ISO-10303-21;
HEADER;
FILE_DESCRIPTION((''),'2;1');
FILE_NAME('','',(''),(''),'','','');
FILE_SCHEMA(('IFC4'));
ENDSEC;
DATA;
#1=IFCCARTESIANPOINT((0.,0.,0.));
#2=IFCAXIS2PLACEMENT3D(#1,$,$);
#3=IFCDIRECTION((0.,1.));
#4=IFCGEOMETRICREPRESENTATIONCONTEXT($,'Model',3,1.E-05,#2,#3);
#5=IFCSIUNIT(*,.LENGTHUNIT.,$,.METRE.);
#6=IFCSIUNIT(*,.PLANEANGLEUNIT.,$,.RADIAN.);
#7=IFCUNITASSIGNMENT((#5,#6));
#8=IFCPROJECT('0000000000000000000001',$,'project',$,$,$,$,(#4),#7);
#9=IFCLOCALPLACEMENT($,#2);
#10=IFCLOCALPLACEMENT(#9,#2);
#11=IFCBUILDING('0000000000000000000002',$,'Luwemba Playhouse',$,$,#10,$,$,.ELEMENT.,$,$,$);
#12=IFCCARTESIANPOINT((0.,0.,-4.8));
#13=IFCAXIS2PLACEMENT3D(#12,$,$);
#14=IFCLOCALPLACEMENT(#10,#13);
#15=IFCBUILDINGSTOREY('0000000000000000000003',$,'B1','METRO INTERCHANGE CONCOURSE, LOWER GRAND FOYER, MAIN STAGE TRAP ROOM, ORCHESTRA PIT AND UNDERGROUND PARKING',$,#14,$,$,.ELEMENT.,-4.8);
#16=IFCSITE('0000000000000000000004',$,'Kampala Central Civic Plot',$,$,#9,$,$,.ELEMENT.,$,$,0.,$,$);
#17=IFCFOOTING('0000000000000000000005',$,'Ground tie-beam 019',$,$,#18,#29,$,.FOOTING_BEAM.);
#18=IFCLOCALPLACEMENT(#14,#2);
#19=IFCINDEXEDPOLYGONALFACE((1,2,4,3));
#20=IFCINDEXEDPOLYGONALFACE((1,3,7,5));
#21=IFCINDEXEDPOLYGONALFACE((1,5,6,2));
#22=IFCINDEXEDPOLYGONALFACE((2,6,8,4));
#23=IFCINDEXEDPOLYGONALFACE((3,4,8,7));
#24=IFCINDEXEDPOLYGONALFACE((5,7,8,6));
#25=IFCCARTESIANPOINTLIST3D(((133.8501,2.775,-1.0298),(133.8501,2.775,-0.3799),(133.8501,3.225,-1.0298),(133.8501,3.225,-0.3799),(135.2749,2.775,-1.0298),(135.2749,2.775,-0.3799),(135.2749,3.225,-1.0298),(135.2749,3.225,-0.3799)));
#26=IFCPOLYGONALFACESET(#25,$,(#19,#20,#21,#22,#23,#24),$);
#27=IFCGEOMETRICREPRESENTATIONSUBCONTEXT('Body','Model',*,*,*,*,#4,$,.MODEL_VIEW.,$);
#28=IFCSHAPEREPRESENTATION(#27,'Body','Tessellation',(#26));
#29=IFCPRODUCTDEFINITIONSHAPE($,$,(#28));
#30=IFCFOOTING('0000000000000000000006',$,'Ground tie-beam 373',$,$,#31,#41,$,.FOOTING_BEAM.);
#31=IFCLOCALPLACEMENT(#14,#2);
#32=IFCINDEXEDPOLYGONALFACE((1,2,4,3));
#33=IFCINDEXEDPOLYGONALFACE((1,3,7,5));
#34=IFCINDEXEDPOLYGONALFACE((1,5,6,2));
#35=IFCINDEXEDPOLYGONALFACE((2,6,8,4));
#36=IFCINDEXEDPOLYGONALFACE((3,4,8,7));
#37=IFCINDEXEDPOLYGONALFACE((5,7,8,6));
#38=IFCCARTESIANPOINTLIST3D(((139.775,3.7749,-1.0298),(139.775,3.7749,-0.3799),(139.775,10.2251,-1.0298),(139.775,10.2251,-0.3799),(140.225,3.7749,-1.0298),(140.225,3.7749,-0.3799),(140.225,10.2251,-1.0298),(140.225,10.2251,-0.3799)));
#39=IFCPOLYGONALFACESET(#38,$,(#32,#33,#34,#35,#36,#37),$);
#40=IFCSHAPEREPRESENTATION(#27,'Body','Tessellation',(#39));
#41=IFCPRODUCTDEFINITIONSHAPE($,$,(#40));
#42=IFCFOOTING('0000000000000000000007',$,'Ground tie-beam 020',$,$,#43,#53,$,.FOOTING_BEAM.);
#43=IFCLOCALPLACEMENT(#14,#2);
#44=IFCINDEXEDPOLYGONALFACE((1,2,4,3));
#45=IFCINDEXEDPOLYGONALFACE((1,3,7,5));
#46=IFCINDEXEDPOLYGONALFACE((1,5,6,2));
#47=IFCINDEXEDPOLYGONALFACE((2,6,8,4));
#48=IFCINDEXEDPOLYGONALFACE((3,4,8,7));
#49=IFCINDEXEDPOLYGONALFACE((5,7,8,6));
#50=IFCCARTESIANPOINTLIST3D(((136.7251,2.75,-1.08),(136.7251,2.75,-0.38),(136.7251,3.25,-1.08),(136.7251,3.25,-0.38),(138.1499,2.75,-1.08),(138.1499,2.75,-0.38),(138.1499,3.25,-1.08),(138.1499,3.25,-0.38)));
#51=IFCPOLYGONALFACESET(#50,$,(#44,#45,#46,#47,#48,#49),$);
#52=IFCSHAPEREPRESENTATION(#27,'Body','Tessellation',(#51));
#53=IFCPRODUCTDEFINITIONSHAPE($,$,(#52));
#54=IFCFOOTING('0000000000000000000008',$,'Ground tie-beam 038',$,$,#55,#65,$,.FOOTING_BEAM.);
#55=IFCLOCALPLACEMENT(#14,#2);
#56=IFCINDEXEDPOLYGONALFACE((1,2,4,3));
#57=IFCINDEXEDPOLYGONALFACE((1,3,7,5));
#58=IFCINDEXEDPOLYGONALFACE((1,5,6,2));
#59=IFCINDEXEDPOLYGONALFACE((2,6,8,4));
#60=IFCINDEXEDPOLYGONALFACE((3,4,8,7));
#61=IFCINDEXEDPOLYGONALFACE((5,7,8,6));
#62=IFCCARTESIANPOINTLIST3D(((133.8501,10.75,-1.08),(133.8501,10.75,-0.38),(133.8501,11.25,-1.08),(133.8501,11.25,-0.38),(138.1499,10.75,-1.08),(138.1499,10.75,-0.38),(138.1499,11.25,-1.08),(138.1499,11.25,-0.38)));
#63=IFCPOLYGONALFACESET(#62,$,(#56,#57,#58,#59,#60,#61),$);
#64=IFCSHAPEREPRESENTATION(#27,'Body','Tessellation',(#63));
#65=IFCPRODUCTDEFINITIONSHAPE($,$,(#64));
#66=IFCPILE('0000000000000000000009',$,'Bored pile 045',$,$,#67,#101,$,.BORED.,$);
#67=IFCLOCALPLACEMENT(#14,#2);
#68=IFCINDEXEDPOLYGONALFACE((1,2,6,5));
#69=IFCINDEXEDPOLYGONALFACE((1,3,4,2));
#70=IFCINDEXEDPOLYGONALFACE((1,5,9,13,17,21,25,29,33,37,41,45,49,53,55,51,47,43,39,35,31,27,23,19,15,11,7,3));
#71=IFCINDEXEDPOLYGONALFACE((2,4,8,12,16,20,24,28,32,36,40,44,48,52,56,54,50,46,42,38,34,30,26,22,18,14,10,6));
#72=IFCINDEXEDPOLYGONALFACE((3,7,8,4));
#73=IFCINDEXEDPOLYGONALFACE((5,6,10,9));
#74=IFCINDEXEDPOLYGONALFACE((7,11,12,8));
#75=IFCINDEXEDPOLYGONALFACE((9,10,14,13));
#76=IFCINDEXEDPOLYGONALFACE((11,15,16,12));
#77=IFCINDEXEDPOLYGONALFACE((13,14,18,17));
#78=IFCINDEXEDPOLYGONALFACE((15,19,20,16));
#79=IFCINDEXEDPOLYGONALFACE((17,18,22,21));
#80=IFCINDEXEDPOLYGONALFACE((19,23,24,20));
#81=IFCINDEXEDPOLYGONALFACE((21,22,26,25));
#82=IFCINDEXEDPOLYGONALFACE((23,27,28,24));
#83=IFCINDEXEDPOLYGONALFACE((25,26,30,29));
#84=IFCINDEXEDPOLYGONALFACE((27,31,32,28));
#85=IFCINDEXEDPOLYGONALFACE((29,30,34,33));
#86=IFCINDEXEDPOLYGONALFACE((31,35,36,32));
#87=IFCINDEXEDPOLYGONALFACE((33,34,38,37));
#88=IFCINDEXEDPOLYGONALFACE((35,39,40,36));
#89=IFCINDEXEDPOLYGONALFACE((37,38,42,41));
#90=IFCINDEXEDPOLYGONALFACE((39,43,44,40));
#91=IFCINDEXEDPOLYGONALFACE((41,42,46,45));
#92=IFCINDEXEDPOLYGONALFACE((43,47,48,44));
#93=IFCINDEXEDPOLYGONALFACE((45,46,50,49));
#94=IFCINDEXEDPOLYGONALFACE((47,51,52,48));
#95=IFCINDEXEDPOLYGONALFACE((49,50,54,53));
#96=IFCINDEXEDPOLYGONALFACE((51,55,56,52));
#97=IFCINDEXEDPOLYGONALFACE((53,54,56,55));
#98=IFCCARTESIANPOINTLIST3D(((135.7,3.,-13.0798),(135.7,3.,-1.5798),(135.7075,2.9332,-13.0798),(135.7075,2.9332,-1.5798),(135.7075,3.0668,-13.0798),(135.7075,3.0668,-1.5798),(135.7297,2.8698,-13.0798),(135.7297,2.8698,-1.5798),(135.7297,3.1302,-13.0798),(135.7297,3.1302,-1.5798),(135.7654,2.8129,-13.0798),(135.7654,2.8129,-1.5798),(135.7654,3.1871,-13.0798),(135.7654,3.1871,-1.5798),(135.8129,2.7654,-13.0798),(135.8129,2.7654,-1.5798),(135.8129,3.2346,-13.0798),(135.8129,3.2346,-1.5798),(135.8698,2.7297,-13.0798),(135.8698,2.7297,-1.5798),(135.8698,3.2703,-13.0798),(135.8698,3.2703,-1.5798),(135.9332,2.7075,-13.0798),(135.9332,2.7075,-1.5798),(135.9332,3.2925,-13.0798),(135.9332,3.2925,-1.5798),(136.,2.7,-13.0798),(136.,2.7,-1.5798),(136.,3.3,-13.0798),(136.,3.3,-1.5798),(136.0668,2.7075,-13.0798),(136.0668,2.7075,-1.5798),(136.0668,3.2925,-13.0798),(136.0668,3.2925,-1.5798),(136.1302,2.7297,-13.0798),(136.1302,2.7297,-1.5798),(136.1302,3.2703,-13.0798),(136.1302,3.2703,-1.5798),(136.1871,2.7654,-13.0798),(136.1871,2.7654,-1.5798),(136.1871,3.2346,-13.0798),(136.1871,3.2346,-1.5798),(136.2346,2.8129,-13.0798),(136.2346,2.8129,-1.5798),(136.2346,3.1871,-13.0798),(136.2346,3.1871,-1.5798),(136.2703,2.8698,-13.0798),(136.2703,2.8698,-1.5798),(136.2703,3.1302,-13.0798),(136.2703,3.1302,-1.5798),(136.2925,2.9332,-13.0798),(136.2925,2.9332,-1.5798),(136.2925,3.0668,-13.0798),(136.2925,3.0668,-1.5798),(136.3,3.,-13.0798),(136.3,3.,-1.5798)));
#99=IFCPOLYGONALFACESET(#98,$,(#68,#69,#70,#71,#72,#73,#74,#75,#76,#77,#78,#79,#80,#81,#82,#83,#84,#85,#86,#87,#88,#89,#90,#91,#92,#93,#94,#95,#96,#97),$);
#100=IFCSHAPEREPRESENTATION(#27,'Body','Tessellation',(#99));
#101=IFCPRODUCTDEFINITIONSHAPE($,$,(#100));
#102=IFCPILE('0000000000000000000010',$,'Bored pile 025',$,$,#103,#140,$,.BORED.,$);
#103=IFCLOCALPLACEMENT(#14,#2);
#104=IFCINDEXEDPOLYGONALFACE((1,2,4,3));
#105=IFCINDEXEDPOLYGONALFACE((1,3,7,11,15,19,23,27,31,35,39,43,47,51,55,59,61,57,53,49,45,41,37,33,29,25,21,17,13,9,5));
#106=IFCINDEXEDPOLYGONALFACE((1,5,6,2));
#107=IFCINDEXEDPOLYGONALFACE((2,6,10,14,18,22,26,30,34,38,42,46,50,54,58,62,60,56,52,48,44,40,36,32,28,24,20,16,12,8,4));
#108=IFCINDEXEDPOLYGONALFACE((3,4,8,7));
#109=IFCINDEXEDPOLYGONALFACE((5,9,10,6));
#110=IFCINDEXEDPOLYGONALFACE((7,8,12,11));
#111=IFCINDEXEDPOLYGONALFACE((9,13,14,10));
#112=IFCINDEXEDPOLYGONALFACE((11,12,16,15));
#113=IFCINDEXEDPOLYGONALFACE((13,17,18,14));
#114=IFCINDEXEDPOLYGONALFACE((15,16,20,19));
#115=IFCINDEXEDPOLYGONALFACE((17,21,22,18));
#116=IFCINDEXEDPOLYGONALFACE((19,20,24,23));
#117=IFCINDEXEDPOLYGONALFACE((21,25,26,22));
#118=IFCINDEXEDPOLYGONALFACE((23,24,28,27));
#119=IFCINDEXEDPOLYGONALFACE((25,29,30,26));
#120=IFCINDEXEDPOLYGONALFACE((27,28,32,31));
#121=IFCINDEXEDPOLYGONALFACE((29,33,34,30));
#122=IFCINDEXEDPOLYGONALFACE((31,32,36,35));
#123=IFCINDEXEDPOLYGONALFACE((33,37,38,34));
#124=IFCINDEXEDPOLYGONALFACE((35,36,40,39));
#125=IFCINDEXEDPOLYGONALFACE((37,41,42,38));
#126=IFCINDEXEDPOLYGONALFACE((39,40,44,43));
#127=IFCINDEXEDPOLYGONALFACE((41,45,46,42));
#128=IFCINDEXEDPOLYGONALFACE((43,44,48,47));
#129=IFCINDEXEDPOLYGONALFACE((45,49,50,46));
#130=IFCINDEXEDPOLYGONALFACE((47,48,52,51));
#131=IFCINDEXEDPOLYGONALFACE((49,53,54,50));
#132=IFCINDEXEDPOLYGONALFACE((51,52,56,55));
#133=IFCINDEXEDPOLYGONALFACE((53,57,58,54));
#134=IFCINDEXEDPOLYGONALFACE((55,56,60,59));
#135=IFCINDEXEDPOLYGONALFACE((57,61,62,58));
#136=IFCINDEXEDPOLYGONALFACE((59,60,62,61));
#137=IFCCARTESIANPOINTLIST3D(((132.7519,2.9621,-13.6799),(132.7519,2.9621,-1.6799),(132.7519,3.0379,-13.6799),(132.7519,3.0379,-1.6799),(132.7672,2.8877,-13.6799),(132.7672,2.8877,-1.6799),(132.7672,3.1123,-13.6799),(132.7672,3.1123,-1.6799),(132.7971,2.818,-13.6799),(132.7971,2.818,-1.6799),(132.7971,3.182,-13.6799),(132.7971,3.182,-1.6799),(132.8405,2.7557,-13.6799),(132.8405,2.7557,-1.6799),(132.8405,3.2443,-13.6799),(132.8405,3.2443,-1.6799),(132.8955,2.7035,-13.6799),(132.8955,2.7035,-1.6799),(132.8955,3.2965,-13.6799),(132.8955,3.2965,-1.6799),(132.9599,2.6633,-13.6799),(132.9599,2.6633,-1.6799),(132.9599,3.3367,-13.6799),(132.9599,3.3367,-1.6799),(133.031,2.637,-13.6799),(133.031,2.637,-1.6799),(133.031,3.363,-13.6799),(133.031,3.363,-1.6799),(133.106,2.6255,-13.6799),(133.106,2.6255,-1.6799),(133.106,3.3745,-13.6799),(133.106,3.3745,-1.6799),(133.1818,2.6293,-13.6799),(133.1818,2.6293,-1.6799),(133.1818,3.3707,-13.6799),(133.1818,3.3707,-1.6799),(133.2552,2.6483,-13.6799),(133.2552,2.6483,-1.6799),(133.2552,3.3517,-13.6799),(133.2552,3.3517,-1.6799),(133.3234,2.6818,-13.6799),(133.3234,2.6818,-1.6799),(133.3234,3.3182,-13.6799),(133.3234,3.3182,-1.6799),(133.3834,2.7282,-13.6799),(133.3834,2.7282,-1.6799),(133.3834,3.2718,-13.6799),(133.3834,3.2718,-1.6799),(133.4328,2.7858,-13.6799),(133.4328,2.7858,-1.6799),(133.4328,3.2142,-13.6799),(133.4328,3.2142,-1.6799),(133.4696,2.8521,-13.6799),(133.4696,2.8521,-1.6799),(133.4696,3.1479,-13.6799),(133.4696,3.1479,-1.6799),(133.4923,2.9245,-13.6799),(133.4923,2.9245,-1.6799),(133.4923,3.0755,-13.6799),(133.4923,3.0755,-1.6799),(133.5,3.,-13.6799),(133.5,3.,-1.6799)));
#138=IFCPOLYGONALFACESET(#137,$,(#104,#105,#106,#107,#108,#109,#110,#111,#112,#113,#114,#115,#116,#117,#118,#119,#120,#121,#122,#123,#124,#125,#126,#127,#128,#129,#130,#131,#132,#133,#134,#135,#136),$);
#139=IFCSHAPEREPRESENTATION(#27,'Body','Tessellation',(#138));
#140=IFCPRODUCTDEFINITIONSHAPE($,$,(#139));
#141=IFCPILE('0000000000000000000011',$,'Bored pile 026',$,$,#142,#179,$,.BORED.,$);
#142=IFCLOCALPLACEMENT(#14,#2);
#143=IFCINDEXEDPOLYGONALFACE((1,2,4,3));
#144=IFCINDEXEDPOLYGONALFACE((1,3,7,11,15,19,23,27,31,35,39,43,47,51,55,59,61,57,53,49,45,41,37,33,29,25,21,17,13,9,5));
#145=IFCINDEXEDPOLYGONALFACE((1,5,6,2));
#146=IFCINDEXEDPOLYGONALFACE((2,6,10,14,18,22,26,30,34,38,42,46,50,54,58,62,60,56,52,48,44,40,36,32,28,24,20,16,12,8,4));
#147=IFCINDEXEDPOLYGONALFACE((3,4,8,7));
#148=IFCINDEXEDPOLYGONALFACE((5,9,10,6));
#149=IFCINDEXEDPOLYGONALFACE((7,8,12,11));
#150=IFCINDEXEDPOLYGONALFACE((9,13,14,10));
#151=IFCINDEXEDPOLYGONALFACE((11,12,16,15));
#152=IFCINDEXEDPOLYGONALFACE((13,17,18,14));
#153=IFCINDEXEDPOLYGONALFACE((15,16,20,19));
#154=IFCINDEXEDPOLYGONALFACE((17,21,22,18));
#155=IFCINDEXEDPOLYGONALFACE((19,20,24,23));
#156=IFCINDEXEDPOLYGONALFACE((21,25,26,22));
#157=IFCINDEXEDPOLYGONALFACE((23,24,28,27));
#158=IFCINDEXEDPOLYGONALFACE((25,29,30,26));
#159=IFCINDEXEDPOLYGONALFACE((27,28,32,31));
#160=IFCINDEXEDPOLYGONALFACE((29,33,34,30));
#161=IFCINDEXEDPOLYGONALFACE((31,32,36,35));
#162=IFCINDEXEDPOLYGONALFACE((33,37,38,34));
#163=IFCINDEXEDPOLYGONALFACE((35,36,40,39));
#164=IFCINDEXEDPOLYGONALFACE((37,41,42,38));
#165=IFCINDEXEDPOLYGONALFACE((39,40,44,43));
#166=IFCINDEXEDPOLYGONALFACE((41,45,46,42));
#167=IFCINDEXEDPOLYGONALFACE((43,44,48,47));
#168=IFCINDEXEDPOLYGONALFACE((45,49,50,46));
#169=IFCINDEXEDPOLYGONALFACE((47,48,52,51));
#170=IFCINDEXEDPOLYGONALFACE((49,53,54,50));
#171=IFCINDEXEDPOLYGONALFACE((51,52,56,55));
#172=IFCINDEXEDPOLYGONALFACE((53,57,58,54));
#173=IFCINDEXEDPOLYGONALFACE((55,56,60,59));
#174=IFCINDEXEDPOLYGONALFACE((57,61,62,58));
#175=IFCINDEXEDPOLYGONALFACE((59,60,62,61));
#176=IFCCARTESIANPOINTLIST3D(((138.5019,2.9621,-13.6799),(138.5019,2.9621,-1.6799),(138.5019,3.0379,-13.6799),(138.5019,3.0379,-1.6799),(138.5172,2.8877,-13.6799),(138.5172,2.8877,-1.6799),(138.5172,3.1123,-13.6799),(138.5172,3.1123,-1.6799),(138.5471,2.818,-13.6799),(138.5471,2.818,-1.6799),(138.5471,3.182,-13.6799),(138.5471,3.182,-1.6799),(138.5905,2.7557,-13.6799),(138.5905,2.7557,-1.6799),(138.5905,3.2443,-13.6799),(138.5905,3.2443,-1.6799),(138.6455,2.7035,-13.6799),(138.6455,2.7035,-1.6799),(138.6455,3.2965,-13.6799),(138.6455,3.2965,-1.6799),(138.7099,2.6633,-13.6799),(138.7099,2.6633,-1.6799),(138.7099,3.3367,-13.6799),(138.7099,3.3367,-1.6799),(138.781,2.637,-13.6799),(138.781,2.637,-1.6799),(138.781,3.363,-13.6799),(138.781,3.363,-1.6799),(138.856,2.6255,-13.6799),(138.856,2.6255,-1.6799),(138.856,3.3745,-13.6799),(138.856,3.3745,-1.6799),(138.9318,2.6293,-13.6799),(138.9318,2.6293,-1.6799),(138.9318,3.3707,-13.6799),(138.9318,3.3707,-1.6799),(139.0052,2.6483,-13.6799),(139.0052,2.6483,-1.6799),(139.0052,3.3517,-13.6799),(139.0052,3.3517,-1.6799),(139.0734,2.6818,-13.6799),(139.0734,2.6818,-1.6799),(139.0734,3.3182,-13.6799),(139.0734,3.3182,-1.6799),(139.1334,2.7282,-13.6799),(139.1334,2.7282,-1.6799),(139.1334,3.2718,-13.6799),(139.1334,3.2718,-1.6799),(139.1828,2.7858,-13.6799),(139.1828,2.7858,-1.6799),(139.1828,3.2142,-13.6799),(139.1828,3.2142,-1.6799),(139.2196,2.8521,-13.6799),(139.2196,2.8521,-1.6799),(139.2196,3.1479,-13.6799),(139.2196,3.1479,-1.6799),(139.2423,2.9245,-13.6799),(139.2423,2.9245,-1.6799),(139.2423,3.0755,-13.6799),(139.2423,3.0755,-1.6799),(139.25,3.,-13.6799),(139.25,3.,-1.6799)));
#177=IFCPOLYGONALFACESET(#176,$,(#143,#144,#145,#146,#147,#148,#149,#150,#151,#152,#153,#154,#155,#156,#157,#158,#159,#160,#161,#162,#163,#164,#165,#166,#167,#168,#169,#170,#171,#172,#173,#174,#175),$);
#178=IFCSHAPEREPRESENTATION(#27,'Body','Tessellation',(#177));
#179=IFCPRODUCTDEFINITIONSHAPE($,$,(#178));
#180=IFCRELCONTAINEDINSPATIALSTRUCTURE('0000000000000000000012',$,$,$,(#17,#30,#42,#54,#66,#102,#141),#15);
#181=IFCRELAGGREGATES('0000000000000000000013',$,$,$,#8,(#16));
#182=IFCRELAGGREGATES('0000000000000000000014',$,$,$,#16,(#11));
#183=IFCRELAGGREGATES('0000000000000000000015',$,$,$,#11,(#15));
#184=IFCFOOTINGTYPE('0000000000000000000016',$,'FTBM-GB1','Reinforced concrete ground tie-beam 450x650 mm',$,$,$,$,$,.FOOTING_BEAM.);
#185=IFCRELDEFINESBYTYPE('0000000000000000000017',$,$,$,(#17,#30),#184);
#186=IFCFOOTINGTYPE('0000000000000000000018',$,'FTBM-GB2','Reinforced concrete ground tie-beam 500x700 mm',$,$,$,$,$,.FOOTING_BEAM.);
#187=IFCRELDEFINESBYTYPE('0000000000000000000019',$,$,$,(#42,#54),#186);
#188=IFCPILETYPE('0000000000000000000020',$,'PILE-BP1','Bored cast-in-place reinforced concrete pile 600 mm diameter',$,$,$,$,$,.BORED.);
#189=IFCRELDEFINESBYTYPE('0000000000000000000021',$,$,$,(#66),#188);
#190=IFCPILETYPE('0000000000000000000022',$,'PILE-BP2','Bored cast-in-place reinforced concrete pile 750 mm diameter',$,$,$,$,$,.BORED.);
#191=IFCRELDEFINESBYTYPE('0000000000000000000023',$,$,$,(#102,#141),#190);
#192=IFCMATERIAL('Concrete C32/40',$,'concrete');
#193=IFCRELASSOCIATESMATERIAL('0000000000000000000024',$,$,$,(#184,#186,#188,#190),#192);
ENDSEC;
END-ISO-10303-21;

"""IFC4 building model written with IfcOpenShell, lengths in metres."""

from ifc_helpers import new_model, si_unit, direction, frame, origin, origin_2d, place, context, subcontext, project, spatial, rectangle, circle, extrude, material, material_profile, profile_set, type_object, element, save


model = new_model("IFC4")

# Units and contexts
model_context = context("Model", 3, precision=1e-05, world=origin(), true_north=direction((0.0, 1.0)))
body_context = subcontext(model_context, "Body", "Model", "MODEL_VIEW")
ifc_project = project(units=[si_unit("LENGTHUNIT", "METRE"), si_unit("PLANEANGLEUNIT", "RADIAN")], contexts=[model_context])

# Site, building, storey
site_placement = place(None, origin())
site = spatial("IfcSite", under=ifc_project, at=site_placement, Name="Kampala Central Civic Plot", CompositionType="ELEMENT", RefElevation=0.0)
building_placement = place(site_placement, origin())
building = spatial("IfcBuilding", under=site, at=building_placement, Name="Luwemba Playhouse", CompositionType="ELEMENT")
storey_placement = place(building_placement, frame((0.0, 0.0, -4.8)))
storey = spatial("IfcBuildingStorey", under=building, at=storey_placement, Name="B1", Description="METRO INTERCHANGE CONCOURSE, LOWER GRAND FOYER, MAIN STAGE TRAP ROOM, ORCHESTRA PIT AND UNDERGROUND PARKING", CompositionType="ELEMENT", Elevation=-4.8)

# Footings
ifc_material_1 = material(Name="Concrete C32/40", Category="concrete")
ifc_material_profile_1 = material_profile(ifc_material_1, rectangle(XDim=0.45, YDim=0.6499, at=origin_2d()))
ifc_profile_set_1 = profile_set([ifc_material_profile_1], Name="Concrete C32/40")
footing_type_1 = type_object("IfcFootingType", Name="FTBM-GB1", Description="Reinforced concrete ground tie-beam 450x650 mm", PredefinedType="FOOTING_BEAM", material=ifc_profile_set_1)
footing_1_placement = place(storey_placement, frame((133.8501, 3.0, -0.7048), z_axis=(1.0, 0.0, 0.0), x_axis=(0.0, 1.0, 0.0)))
element("IfcFooting", 1, at=footing_1_placement, inside=storey, type_object=footing_type_1, Name="Ground tie-beam 019", PredefinedType="FOOTING_BEAM", context=body_context, shape_type="SweptSolid", body=[
    extrude(rectangle(XDim=0.45, YDim=0.6499, at=origin_2d()), origin(), (0.0, 0.0, 1.0), 1.4248),
])
footing_2_placement = place(storey_placement, frame((140.0, 3.7749, -0.7048), z_axis=(0.0, 1.0, 0.0), x_axis=(-1.0, 0.0, 0.0)))
element("IfcFooting", 2, at=footing_2_placement, inside=storey, type_object=footing_type_1, Name="Ground tie-beam 373", PredefinedType="FOOTING_BEAM", context=body_context, shape_type="SweptSolid", body=[
    extrude(rectangle(XDim=0.45, YDim=0.6499, at=origin_2d()), origin(), (0.0, 0.0, 1.0), 6.4502),
])
ifc_material_profile_2 = material_profile(ifc_material_1, rectangle(XDim=0.5, YDim=0.7, at=origin_2d()))
ifc_profile_set_2 = profile_set([ifc_material_profile_2], Name="Concrete C32/40")
footing_type_2 = type_object("IfcFootingType", Name="FTBM-GB2", Description="Reinforced concrete ground tie-beam 500x700 mm", PredefinedType="FOOTING_BEAM", material=ifc_profile_set_2)
footing_3_placement = place(storey_placement, frame((136.7251, 3.0, -0.73), z_axis=(1.0, 0.0, 0.0), x_axis=(0.0, 1.0, 0.0)))
element("IfcFooting", 3, at=footing_3_placement, inside=storey, type_object=footing_type_2, Name="Ground tie-beam 020", PredefinedType="FOOTING_BEAM", context=body_context, shape_type="SweptSolid", body=[
    extrude(rectangle(XDim=0.5, YDim=0.7, at=origin_2d()), origin(), (0.0, 0.0, 1.0), 1.4248),
])
footing_4_placement = place(storey_placement, frame((133.8501, 11.0, -0.73), z_axis=(1.0, 0.0, 0.0), x_axis=(0.0, 1.0, 0.0)))
element("IfcFooting", 4, at=footing_4_placement, inside=storey, type_object=footing_type_2, Name="Ground tie-beam 038", PredefinedType="FOOTING_BEAM", context=body_context, shape_type="SweptSolid", body=[
    extrude(rectangle(XDim=0.5, YDim=0.7, at=origin_2d()), origin(), (0.0, 0.0, 1.0), 4.2998),
])

# Piles
ifc_material_profile_3 = material_profile(ifc_material_1, circle(Radius=0.3, at=origin_2d()))
ifc_profile_set_3 = profile_set([ifc_material_profile_3], Name="Concrete C32/40")
pile_type_1 = type_object("IfcPileType", Name="PILE-BP1", Description="Bored cast-in-place reinforced concrete pile 600 mm diameter", PredefinedType="BORED", material=ifc_profile_set_3)
pile_placement = place(storey_placement, frame((136.0, 3.0, -1.5798), z_axis=(0.0, 0.0, -1.0), x_axis=(1.0, 0.0, 0.0)))
element("IfcPile", 5, at=pile_placement, inside=storey, type_object=pile_type_1, Name="Bored pile 045", PredefinedType="BORED", context=body_context, shape_type="SweptSolid", body=[
    extrude(circle(Radius=0.3, at=origin_2d()), origin(), (0.0, 0.0, 1.0), 11.5),
])
ifc_material_profile_4 = material_profile(ifc_material_1, circle(Radius=0.375, at=origin_2d()))
ifc_profile_set_4 = profile_set([ifc_material_profile_4], Name="Concrete C32/40")
pile_type_2 = type_object("IfcPileType", Name="PILE-BP2", Description="Bored cast-in-place reinforced concrete pile 750 mm diameter", PredefinedType="BORED", material=ifc_profile_set_4)
for number, where, z_axis, x_axis, name in (
    (6, (133.125, 3.0, -1.6799), (0.0, 0.0, -1.0), (1.0, 0.0, 0.0), "Bored pile 025"),
    (7, (138.875, 3.0, -1.6799), (0.0, 0.0, -1.0), (1.0, 0.0, 0.0), "Bored pile 026"),
):
    element("IfcPile", number, at=place(storey_placement, frame(where, z_axis=z_axis, x_axis=x_axis)), inside=storey, type_object=pile_type_2, Name=name, PredefinedType="BORED", context=body_context, shape_type="SweptSolid", body=[
        extrude(circle(Radius=0.375, at=origin_2d()), origin(), (0.0, 0.0, 1.0), 12.0),
    ])

save(model, "model.ifc")
